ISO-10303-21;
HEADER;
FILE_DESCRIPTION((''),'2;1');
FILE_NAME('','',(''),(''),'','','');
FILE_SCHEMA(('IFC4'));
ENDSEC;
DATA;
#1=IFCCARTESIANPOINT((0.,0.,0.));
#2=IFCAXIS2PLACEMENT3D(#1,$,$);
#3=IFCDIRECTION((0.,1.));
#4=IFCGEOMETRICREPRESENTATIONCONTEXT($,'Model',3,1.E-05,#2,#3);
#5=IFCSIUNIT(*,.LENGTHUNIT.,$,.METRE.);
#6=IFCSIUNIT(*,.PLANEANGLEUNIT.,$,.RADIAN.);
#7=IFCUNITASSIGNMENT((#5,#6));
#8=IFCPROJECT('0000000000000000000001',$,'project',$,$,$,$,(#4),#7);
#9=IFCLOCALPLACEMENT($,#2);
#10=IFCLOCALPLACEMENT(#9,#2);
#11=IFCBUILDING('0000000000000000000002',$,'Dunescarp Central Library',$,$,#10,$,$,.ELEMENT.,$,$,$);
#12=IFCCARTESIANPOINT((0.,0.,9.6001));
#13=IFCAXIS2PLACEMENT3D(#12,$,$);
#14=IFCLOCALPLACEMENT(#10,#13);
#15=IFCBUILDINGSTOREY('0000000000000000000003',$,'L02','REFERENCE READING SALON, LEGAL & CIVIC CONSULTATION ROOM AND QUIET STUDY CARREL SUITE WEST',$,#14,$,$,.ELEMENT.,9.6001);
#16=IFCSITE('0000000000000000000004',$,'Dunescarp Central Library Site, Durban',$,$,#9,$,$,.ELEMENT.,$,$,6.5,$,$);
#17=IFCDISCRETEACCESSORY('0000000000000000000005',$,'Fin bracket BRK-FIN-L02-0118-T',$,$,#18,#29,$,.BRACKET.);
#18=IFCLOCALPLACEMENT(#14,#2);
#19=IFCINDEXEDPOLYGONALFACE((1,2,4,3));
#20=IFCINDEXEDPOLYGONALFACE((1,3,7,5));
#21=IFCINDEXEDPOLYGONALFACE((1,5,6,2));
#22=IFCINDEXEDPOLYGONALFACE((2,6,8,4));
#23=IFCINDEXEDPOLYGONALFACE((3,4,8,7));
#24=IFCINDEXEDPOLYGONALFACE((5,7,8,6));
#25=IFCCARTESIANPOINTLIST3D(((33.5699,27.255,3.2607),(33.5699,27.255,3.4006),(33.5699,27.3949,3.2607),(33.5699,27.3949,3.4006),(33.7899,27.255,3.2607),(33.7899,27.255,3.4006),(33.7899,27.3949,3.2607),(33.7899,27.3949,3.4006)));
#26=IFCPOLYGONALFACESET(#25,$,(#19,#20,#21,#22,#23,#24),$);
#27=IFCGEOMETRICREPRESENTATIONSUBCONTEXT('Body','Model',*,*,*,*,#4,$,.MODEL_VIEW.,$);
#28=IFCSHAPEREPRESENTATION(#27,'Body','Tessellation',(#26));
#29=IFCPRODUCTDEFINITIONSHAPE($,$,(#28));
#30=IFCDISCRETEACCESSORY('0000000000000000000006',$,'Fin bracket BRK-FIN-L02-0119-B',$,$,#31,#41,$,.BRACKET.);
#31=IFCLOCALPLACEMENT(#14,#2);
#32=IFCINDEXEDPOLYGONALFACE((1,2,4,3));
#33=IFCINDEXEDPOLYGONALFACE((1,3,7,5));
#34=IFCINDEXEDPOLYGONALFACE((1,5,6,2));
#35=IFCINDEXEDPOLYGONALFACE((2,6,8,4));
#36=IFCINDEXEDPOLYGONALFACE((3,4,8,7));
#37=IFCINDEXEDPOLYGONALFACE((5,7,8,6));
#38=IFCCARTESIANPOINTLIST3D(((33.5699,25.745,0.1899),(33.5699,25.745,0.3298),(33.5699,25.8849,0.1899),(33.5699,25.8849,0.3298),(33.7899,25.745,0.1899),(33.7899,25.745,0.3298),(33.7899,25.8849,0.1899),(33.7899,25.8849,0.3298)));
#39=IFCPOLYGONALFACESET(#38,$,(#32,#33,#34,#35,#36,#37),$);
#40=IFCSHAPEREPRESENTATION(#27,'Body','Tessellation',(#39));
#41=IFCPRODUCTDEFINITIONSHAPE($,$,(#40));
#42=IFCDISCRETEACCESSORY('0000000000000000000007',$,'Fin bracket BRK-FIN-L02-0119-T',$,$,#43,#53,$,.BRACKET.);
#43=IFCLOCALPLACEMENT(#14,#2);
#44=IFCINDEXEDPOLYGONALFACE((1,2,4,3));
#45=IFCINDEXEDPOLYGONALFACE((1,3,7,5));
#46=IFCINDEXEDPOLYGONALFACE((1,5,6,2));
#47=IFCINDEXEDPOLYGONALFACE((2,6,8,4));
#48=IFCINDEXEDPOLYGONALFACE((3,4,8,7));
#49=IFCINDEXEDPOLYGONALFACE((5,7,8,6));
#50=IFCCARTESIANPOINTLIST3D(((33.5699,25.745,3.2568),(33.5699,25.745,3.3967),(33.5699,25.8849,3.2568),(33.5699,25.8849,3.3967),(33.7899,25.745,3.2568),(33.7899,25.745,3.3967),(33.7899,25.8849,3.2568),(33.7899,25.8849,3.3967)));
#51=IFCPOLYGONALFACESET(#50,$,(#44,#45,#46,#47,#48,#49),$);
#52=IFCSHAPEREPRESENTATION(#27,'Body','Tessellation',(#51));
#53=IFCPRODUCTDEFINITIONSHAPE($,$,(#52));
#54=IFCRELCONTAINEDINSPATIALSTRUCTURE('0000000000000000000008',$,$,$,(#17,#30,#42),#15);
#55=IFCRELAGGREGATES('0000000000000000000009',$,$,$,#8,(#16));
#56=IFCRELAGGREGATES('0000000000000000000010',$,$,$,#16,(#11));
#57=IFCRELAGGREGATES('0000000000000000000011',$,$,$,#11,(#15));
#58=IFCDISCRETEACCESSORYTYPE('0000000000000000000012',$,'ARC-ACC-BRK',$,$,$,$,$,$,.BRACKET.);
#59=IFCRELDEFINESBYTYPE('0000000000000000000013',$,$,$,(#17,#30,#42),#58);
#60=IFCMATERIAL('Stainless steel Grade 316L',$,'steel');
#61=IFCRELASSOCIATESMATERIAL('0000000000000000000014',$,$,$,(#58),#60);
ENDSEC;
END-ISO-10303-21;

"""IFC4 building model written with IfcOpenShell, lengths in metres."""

from ifc_helpers import new_model, si_unit, direction, frame, origin, origin_2d, place, context, subcontext, project, spatial, rectangle, extrude, material, type_object, element, save


model = new_model("IFC4")

# Units and contexts
model_context = context("Model", 3, precision=1e-05, world=origin(), true_north=direction((0.0, 1.0)))
body_context = subcontext(model_context, "Body", "Model", "MODEL_VIEW")
ifc_project = project(units=[si_unit("LENGTHUNIT", "METRE"), si_unit("PLANEANGLEUNIT", "RADIAN")], contexts=[model_context])

# Site, building, storey
site_placement = place(None, origin())
site = spatial("IfcSite", under=ifc_project, at=site_placement, Name="Dunescarp Central Library Site, Durban", CompositionType="ELEMENT", RefElevation=6.5)
building_placement = place(site_placement, origin())
building = spatial("IfcBuilding", under=site, at=building_placement, Name="Dunescarp Central Library", CompositionType="ELEMENT")
storey_placement = place(building_placement, frame((0.0, 0.0, 9.6001)))
storey = spatial("IfcBuildingStorey", under=building, at=storey_placement, Name="L02", Description="REFERENCE READING SALON, LEGAL & CIVIC CONSULTATION ROOM AND QUIET STUDY CARREL SUITE WEST", CompositionType="ELEMENT", Elevation=9.6001)

# Shared definitions
ifc_material_1 = material(Name="Stainless steel Grade 316L", Category="steel")

# Discrete accessories
discrete_accessory_type = type_object("IfcDiscreteAccessoryType", Name="ARC-ACC-BRK", PredefinedType="BRACKET", material=ifc_material_1)
for number, where, z_axis, x_axis, name in (
    (1, (33.6799, 27.325, 3.2607), (0.0, 0.0, 1.0), (1.0, 0.0, 0.0), "Fin bracket BRK-FIN-L02-0118-T"),
    (2, (33.6799, 25.8149, 0.1899), (0.0, 0.0, 1.0), (1.0, 0.0, 0.0), "Fin bracket BRK-FIN-L02-0119-B"),
    (3, (33.6799, 25.8149, 3.2568), (0.0, 0.0, 1.0), (1.0, 0.0, 0.0), "Fin bracket BRK-FIN-L02-0119-T"),
):
    element("IfcDiscreteAccessory", number, at=place(storey_placement, frame(where, z_axis=z_axis, x_axis=x_axis)), inside=storey, type_object=discrete_accessory_type, Name=name, PredefinedType="BRACKET", context=body_context, shape_type="SweptSolid", body=[
        extrude(rectangle(XDim=0.22, YDim=0.1399, at=origin_2d()), origin(), (0.0, 0.0, 1.0), 0.1399),
    ])

save(model, "model.ifc")
